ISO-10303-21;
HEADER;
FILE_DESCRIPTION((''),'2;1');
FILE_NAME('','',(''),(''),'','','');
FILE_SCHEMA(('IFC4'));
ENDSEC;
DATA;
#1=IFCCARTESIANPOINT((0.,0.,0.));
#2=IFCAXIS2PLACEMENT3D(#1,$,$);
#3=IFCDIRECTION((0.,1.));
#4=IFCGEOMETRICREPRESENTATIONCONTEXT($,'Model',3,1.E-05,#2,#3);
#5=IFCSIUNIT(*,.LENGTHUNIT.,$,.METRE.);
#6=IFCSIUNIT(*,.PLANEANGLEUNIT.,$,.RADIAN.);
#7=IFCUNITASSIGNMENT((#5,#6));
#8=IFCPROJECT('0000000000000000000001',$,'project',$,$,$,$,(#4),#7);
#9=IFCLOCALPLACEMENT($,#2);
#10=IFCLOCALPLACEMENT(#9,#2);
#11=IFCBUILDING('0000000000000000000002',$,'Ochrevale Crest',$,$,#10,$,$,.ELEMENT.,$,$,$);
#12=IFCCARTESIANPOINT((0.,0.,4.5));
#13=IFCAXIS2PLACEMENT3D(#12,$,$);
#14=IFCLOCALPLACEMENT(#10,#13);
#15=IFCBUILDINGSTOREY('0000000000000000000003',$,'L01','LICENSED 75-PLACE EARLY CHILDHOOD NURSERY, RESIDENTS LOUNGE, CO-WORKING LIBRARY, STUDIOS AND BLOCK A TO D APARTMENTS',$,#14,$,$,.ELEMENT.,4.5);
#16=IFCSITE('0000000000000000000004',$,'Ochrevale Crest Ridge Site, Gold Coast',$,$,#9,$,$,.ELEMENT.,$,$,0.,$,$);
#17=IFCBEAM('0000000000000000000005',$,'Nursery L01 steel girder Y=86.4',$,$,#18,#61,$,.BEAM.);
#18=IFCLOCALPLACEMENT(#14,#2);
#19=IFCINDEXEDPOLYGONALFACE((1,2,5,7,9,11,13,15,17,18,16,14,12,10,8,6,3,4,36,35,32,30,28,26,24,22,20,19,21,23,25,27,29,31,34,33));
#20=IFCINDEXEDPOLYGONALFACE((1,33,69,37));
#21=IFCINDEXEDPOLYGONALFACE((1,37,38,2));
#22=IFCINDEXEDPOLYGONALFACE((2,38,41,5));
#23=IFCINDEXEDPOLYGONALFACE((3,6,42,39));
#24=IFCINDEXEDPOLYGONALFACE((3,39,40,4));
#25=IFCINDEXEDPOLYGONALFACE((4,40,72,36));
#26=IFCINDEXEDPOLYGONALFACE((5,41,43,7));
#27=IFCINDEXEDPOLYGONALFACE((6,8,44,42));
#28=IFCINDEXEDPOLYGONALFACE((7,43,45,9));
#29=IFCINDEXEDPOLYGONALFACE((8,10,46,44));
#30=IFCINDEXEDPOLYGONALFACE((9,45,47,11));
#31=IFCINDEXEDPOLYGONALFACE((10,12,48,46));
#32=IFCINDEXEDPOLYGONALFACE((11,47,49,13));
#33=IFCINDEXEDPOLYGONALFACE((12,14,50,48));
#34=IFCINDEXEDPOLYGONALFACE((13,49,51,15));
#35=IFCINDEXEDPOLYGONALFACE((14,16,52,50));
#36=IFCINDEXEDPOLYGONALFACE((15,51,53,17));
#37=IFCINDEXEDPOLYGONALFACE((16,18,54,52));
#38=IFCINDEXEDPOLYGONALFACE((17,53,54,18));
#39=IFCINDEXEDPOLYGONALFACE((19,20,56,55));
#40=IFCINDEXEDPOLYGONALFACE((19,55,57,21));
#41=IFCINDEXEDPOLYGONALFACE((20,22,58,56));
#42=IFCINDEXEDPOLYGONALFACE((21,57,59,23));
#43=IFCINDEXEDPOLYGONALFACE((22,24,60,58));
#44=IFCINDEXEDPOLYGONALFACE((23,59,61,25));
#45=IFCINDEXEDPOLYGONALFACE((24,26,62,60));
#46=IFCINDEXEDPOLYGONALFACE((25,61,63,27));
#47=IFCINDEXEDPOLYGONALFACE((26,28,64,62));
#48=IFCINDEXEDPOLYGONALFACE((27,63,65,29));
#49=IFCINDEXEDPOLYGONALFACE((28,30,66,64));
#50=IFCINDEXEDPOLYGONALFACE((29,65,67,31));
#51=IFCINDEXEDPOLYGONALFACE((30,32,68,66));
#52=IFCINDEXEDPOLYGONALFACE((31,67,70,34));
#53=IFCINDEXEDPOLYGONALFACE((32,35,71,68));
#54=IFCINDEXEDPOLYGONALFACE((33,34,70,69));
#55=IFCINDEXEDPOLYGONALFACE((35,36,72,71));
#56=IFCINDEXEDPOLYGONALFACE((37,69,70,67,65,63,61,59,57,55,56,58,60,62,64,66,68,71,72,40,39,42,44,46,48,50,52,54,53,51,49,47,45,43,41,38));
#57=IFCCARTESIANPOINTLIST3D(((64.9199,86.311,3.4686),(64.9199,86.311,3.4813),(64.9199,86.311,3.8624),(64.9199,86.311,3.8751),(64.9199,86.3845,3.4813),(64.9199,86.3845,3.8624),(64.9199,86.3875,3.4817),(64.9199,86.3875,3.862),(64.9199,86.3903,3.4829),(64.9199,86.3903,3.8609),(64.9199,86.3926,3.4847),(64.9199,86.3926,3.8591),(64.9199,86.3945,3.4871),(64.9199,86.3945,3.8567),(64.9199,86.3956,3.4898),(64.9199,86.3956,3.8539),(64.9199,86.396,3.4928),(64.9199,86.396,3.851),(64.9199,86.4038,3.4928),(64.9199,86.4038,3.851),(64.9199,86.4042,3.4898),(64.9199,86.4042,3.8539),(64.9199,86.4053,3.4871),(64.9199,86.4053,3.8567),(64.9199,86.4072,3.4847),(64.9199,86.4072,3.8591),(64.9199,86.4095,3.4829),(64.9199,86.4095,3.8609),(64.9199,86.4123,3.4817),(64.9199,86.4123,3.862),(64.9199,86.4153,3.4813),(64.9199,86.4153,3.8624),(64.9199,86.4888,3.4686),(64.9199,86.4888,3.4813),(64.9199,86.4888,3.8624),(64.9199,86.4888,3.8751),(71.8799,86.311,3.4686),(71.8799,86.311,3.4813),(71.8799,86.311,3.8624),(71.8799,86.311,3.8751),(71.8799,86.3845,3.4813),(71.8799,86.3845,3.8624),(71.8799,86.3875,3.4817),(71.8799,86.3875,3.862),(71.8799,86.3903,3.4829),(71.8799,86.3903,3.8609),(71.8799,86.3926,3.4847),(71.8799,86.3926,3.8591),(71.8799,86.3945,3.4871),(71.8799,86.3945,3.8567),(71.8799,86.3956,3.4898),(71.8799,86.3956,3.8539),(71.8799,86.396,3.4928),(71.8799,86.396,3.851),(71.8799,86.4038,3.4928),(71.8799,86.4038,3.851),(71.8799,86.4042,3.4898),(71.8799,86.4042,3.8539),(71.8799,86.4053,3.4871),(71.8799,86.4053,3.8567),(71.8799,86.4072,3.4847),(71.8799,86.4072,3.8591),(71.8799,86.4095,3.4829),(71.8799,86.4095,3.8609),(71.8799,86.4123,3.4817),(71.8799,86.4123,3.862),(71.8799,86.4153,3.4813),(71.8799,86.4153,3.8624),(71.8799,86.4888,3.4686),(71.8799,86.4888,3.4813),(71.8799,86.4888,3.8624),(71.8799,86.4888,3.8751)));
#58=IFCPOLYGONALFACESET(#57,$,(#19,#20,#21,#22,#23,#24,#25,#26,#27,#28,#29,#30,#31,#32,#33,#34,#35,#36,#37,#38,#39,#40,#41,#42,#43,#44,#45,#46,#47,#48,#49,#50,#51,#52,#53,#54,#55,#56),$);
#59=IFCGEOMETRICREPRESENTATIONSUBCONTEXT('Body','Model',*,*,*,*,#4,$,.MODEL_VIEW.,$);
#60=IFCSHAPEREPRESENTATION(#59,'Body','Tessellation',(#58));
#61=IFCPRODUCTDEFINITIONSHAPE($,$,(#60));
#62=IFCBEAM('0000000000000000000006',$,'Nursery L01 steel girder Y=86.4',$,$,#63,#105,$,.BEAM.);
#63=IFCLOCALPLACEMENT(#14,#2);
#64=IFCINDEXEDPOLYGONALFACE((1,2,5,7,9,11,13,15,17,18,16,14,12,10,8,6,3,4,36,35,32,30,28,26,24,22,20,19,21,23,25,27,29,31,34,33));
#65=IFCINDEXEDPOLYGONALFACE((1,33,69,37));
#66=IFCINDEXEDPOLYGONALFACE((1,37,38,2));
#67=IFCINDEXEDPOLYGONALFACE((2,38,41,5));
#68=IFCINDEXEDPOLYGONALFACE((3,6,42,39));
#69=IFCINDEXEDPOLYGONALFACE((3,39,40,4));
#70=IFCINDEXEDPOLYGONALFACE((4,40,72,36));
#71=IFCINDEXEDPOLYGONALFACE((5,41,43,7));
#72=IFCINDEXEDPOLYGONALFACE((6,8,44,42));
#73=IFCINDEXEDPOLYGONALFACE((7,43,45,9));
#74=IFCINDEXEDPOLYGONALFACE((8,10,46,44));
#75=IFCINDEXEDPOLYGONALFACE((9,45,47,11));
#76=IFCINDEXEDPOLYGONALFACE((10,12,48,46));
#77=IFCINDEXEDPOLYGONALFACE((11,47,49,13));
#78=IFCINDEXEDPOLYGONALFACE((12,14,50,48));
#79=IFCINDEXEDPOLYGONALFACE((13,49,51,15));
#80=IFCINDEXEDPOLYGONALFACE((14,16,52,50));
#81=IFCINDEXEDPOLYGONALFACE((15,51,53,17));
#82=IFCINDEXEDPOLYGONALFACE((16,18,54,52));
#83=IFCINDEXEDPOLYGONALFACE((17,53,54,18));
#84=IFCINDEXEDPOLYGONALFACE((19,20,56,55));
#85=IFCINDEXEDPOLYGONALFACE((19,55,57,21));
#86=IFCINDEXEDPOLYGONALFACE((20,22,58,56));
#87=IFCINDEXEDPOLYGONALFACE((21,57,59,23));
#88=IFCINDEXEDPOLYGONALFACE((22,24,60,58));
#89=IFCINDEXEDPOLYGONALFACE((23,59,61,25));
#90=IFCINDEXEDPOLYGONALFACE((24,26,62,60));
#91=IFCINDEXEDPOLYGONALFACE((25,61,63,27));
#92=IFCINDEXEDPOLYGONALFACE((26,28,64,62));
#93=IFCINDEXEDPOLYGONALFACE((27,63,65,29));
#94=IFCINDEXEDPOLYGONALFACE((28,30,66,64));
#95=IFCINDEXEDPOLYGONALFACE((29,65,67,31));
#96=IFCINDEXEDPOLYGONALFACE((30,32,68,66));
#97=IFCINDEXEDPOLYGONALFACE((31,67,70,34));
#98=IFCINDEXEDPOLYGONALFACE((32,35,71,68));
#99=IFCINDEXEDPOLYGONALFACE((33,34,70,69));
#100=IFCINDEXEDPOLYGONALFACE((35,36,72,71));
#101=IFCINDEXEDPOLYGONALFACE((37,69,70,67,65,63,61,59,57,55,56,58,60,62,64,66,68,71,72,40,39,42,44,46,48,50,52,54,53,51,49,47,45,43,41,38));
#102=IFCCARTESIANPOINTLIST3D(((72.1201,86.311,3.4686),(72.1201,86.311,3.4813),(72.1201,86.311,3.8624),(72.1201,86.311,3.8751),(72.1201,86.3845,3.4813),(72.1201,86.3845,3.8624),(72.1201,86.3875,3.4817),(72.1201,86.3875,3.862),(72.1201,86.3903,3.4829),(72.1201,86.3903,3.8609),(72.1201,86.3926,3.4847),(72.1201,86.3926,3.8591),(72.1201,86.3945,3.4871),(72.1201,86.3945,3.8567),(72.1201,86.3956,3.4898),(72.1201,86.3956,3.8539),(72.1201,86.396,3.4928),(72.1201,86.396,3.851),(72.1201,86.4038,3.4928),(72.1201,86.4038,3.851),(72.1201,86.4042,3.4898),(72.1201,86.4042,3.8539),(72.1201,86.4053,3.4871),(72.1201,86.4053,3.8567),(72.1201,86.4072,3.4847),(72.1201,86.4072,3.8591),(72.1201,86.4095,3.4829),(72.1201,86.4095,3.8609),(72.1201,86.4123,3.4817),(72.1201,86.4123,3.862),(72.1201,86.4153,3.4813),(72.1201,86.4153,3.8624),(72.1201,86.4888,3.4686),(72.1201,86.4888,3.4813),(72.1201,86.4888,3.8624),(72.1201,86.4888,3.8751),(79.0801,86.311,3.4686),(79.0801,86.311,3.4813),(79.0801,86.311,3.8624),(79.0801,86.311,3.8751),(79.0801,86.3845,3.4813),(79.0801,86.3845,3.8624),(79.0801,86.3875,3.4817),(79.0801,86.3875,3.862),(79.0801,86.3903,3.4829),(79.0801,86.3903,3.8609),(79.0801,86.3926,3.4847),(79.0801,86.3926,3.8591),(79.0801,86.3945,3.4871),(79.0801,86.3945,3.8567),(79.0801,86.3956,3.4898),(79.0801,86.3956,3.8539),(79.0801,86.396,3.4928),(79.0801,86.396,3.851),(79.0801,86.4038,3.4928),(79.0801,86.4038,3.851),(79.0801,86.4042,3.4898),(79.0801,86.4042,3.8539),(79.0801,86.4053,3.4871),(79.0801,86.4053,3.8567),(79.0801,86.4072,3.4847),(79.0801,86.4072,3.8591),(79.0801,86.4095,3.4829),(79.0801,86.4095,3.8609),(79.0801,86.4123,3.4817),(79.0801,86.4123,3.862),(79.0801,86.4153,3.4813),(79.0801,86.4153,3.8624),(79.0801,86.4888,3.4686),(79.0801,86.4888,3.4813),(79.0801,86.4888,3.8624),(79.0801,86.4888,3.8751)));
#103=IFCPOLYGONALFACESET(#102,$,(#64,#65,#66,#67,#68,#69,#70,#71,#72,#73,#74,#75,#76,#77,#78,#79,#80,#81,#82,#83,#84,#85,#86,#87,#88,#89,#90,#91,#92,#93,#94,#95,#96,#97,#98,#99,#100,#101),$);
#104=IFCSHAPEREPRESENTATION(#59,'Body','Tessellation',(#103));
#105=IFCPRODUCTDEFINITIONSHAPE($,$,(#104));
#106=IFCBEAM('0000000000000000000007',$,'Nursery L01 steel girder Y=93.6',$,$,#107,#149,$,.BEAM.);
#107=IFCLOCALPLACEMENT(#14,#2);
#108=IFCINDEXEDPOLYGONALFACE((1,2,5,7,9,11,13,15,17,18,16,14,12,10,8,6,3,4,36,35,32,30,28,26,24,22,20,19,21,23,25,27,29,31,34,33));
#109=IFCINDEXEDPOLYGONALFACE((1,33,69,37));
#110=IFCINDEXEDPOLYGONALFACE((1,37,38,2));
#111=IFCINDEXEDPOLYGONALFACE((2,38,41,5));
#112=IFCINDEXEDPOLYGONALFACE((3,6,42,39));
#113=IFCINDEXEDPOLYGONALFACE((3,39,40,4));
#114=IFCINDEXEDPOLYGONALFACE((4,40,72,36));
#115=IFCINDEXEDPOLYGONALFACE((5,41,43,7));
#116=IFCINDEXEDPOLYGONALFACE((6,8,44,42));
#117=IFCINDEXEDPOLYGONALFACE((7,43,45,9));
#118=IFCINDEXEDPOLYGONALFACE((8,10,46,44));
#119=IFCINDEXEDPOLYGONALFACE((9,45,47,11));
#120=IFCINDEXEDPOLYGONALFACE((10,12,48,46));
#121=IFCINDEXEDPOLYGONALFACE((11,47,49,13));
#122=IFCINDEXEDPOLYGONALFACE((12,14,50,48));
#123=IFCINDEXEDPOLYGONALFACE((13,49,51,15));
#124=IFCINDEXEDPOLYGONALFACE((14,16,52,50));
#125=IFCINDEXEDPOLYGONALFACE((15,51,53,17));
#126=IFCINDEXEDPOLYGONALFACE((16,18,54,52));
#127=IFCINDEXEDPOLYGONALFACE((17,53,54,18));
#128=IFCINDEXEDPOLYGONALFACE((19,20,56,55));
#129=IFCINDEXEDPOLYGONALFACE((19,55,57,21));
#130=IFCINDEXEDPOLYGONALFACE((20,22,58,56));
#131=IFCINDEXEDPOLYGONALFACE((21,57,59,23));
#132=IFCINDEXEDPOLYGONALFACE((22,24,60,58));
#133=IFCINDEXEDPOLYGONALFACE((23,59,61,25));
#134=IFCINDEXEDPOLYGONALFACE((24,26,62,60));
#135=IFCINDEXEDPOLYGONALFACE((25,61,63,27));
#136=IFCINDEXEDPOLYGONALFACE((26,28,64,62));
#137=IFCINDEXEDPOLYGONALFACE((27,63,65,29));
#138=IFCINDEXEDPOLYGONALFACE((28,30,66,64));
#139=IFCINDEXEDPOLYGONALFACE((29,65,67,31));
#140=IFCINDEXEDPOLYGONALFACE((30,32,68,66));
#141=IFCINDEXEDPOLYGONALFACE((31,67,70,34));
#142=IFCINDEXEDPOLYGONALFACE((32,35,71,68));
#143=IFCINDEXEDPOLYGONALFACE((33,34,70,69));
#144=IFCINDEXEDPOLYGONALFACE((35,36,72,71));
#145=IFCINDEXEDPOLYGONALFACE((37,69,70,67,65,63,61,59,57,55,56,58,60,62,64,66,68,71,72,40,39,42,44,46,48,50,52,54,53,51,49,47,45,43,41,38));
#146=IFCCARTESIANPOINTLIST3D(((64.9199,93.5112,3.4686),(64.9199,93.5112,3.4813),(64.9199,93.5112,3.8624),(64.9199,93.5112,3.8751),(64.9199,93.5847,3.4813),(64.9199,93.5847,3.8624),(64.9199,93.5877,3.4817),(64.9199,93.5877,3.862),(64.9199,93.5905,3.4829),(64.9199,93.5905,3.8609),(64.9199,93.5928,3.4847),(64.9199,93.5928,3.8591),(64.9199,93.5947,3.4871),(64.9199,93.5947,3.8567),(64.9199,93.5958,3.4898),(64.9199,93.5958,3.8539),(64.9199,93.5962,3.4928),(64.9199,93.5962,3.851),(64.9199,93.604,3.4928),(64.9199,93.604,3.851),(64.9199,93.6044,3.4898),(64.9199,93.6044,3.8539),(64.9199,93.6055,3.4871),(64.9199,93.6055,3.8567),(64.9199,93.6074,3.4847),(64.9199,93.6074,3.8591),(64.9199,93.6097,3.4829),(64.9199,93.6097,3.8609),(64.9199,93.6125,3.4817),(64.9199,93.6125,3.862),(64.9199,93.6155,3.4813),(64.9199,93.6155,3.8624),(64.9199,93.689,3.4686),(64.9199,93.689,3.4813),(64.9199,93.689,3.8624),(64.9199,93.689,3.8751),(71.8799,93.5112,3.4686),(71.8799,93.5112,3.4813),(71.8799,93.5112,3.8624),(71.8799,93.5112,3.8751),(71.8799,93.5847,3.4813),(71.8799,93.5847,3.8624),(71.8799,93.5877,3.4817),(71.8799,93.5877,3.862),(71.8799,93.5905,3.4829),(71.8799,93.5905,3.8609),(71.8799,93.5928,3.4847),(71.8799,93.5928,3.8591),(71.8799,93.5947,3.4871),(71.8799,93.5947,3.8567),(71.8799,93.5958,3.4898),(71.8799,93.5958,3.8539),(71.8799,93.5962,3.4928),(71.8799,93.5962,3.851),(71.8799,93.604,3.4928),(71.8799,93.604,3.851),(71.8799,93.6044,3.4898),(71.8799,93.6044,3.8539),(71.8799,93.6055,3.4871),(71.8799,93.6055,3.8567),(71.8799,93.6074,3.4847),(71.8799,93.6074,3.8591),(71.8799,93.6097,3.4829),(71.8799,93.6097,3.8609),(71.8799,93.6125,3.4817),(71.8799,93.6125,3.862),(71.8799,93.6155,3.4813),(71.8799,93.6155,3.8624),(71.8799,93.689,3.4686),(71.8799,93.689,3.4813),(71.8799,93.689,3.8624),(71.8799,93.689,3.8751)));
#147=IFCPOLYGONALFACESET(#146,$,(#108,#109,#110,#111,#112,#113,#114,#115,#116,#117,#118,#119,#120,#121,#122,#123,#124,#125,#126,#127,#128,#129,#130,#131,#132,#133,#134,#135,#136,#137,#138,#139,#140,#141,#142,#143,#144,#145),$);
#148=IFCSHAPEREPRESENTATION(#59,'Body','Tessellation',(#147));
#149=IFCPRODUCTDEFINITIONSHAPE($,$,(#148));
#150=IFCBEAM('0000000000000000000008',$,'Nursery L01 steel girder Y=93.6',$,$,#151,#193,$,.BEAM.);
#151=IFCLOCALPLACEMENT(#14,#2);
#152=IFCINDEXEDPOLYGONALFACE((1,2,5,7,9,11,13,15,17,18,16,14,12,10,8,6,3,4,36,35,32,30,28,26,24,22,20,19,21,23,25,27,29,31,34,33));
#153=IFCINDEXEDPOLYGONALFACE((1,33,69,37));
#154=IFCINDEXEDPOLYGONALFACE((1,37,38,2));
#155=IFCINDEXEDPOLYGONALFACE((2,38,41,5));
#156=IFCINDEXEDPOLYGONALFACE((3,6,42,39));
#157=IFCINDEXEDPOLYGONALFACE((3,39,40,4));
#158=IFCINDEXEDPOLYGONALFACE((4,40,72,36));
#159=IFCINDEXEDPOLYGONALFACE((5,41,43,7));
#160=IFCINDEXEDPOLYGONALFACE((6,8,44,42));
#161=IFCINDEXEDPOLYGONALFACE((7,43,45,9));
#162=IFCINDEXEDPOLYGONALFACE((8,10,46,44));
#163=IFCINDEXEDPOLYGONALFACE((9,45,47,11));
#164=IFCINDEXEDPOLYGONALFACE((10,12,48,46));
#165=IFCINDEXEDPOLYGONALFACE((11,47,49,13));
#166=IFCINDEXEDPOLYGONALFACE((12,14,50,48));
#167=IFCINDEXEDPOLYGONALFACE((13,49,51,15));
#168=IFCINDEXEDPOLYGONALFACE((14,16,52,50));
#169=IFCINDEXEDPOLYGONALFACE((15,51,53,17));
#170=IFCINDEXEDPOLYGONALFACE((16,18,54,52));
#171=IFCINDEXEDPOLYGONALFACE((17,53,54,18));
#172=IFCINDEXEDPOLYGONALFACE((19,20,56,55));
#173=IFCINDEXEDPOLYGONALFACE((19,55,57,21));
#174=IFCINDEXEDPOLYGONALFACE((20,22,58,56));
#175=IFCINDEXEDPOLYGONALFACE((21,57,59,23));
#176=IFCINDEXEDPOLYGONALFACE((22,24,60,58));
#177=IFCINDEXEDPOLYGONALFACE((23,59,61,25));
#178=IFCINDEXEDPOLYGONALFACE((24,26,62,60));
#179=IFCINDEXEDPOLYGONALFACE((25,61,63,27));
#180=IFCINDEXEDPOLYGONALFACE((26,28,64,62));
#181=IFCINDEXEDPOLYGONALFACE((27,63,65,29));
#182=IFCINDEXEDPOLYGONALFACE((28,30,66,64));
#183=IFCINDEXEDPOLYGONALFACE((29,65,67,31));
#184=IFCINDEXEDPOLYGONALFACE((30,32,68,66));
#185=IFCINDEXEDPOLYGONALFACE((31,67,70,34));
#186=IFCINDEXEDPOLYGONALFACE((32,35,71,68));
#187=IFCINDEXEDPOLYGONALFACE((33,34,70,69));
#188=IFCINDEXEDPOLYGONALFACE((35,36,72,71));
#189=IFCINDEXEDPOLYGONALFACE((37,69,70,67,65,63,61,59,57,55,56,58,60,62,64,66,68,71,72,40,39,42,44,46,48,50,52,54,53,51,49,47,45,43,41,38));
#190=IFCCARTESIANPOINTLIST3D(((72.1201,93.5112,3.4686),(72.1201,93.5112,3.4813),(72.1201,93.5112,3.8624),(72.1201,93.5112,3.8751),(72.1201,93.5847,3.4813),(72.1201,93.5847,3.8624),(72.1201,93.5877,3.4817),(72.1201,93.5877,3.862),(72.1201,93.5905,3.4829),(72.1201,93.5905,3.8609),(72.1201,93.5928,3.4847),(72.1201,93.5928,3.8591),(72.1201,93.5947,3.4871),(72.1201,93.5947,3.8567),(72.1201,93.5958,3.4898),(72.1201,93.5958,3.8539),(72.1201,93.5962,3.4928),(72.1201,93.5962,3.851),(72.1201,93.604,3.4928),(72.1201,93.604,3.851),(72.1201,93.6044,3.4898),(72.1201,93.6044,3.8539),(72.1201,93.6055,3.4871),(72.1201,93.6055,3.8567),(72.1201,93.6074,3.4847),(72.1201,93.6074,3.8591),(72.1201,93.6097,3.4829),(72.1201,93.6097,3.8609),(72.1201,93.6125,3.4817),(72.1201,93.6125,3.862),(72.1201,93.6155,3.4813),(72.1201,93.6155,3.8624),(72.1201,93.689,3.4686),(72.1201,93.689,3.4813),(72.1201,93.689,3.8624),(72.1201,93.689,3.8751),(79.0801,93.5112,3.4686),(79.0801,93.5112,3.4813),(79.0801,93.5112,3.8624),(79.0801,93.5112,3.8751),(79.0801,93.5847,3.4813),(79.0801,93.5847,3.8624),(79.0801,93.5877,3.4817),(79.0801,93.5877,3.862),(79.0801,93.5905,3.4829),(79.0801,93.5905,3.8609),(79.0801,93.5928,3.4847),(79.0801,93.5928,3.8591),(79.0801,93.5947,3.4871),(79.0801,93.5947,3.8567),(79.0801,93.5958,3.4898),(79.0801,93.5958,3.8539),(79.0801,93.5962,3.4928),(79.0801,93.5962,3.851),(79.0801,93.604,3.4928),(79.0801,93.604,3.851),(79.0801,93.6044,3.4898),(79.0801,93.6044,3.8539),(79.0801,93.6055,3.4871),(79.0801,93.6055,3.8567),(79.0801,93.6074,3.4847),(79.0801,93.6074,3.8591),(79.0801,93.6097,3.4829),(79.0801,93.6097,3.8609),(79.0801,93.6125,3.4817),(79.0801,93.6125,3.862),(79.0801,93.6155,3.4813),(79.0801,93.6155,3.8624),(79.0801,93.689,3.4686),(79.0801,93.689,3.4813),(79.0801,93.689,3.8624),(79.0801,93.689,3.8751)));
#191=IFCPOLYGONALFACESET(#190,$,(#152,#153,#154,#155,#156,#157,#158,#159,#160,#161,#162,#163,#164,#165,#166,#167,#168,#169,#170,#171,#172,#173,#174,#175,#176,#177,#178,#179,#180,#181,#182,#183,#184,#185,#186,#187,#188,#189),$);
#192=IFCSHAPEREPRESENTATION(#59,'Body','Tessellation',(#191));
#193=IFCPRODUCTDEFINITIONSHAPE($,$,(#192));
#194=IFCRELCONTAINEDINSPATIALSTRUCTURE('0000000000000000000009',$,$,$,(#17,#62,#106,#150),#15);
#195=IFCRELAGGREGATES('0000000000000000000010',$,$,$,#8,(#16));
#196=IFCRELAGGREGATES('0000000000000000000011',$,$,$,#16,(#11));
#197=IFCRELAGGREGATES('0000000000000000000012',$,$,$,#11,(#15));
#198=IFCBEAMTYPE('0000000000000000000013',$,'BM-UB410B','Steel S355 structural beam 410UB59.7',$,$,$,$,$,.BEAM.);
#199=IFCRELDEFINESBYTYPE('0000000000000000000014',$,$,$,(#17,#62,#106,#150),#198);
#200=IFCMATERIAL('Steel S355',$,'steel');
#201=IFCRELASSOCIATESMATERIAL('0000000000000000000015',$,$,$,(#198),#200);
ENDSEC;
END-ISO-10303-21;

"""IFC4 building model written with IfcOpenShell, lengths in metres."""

from ifc_helpers import new_model, si_unit, direction, frame, origin, origin_2d, place, context, subcontext, project, spatial, i_section, extrude, material, material_profile, profile_set, type_object, element, save


model = new_model("IFC4")

# Units and contexts
model_context = context("Model", 3, precision=1e-05, world=origin(), true_north=direction((0.0, 1.0)))
body_context = subcontext(model_context, "Body", "Model", "MODEL_VIEW")
ifc_project = project(units=[si_unit("LENGTHUNIT", "METRE"), si_unit("PLANEANGLEUNIT", "RADIAN")], contexts=[model_context])

# Site, building, storey
site_placement = place(None, origin())
site = spatial("IfcSite", under=ifc_project, at=site_placement, Name="Ochrevale Crest Ridge Site, Gold Coast", CompositionType="ELEMENT", RefElevation=0.0)
building_placement = place(site_placement, origin())
building = spatial("IfcBuilding", under=site, at=building_placement, Name="Ochrevale Crest", CompositionType="ELEMENT")
storey_placement = place(building_placement, frame((0.0, 0.0, 4.5)))
storey = spatial("IfcBuildingStorey", under=building, at=storey_placement, Name="L01", Description="LICENSED 75-PLACE EARLY CHILDHOOD NURSERY, RESIDENTS LOUNGE, CO-WORKING LIBRARY, STUDIOS AND BLOCK A TO D APARTMENTS", CompositionType="ELEMENT", Elevation=4.5)

# Shared definitions
ifc_material_1 = material(Name="Steel S355", Category="steel")

# Beams
ifc_material_profile_1 = material_profile(ifc_material_1, i_section(OverallWidth=0.1777, OverallDepth=0.4065, WebThickness=0.0078, FlangeThickness=0.0127, FilletRadius=0.0115, at=origin_2d()), Name="410UB59.7")
ifc_profile_set_1 = profile_set([ifc_material_profile_1], Name="Steel S355")
beam_type_1 = type_object("IfcBeamType", Name="BM-UB410B", Description="Steel S355 structural beam 410UB59.7", PredefinedType="BEAM", material=ifc_profile_set_1)
for number, where, z_axis, x_axis, name in (
    (1, (64.9199, 86.3999, 3.6719), (1.0, 0.0, 0.0), (0.0, 1.0, 0.0), "Nursery L01 steel girder Y=86.4"),
    (2, (72.1201, 86.3999, 3.6719), (1.0, 0.0, 0.0), (0.0, 1.0, 0.0), "Nursery L01 steel girder Y=86.4"),
    (3, (64.9199, 93.6001, 3.6719), (1.0, 0.0, 0.0), (0.0, 1.0, 0.0), "Nursery L01 steel girder Y=93.6"),
    (4, (72.1201, 93.6001, 3.6719), (1.0, 0.0, 0.0), (0.0, 1.0, 0.0), "Nursery L01 steel girder Y=93.6"),
):
    element("IfcBeam", number, at=place(storey_placement, frame(where, z_axis=z_axis, x_axis=x_axis)), inside=storey, type_object=beam_type_1, Name=name, PredefinedType="BEAM", context=body_context, shape_type="SweptSolid", body=[
        extrude(i_section(OverallWidth=0.1777, OverallDepth=0.4065, WebThickness=0.0078, FlangeThickness=0.0127, FilletRadius=0.0115, at=origin_2d()), origin(), (0.0, 0.0, 1.0), 6.96),
    ])

save(model, "model.ifc")
